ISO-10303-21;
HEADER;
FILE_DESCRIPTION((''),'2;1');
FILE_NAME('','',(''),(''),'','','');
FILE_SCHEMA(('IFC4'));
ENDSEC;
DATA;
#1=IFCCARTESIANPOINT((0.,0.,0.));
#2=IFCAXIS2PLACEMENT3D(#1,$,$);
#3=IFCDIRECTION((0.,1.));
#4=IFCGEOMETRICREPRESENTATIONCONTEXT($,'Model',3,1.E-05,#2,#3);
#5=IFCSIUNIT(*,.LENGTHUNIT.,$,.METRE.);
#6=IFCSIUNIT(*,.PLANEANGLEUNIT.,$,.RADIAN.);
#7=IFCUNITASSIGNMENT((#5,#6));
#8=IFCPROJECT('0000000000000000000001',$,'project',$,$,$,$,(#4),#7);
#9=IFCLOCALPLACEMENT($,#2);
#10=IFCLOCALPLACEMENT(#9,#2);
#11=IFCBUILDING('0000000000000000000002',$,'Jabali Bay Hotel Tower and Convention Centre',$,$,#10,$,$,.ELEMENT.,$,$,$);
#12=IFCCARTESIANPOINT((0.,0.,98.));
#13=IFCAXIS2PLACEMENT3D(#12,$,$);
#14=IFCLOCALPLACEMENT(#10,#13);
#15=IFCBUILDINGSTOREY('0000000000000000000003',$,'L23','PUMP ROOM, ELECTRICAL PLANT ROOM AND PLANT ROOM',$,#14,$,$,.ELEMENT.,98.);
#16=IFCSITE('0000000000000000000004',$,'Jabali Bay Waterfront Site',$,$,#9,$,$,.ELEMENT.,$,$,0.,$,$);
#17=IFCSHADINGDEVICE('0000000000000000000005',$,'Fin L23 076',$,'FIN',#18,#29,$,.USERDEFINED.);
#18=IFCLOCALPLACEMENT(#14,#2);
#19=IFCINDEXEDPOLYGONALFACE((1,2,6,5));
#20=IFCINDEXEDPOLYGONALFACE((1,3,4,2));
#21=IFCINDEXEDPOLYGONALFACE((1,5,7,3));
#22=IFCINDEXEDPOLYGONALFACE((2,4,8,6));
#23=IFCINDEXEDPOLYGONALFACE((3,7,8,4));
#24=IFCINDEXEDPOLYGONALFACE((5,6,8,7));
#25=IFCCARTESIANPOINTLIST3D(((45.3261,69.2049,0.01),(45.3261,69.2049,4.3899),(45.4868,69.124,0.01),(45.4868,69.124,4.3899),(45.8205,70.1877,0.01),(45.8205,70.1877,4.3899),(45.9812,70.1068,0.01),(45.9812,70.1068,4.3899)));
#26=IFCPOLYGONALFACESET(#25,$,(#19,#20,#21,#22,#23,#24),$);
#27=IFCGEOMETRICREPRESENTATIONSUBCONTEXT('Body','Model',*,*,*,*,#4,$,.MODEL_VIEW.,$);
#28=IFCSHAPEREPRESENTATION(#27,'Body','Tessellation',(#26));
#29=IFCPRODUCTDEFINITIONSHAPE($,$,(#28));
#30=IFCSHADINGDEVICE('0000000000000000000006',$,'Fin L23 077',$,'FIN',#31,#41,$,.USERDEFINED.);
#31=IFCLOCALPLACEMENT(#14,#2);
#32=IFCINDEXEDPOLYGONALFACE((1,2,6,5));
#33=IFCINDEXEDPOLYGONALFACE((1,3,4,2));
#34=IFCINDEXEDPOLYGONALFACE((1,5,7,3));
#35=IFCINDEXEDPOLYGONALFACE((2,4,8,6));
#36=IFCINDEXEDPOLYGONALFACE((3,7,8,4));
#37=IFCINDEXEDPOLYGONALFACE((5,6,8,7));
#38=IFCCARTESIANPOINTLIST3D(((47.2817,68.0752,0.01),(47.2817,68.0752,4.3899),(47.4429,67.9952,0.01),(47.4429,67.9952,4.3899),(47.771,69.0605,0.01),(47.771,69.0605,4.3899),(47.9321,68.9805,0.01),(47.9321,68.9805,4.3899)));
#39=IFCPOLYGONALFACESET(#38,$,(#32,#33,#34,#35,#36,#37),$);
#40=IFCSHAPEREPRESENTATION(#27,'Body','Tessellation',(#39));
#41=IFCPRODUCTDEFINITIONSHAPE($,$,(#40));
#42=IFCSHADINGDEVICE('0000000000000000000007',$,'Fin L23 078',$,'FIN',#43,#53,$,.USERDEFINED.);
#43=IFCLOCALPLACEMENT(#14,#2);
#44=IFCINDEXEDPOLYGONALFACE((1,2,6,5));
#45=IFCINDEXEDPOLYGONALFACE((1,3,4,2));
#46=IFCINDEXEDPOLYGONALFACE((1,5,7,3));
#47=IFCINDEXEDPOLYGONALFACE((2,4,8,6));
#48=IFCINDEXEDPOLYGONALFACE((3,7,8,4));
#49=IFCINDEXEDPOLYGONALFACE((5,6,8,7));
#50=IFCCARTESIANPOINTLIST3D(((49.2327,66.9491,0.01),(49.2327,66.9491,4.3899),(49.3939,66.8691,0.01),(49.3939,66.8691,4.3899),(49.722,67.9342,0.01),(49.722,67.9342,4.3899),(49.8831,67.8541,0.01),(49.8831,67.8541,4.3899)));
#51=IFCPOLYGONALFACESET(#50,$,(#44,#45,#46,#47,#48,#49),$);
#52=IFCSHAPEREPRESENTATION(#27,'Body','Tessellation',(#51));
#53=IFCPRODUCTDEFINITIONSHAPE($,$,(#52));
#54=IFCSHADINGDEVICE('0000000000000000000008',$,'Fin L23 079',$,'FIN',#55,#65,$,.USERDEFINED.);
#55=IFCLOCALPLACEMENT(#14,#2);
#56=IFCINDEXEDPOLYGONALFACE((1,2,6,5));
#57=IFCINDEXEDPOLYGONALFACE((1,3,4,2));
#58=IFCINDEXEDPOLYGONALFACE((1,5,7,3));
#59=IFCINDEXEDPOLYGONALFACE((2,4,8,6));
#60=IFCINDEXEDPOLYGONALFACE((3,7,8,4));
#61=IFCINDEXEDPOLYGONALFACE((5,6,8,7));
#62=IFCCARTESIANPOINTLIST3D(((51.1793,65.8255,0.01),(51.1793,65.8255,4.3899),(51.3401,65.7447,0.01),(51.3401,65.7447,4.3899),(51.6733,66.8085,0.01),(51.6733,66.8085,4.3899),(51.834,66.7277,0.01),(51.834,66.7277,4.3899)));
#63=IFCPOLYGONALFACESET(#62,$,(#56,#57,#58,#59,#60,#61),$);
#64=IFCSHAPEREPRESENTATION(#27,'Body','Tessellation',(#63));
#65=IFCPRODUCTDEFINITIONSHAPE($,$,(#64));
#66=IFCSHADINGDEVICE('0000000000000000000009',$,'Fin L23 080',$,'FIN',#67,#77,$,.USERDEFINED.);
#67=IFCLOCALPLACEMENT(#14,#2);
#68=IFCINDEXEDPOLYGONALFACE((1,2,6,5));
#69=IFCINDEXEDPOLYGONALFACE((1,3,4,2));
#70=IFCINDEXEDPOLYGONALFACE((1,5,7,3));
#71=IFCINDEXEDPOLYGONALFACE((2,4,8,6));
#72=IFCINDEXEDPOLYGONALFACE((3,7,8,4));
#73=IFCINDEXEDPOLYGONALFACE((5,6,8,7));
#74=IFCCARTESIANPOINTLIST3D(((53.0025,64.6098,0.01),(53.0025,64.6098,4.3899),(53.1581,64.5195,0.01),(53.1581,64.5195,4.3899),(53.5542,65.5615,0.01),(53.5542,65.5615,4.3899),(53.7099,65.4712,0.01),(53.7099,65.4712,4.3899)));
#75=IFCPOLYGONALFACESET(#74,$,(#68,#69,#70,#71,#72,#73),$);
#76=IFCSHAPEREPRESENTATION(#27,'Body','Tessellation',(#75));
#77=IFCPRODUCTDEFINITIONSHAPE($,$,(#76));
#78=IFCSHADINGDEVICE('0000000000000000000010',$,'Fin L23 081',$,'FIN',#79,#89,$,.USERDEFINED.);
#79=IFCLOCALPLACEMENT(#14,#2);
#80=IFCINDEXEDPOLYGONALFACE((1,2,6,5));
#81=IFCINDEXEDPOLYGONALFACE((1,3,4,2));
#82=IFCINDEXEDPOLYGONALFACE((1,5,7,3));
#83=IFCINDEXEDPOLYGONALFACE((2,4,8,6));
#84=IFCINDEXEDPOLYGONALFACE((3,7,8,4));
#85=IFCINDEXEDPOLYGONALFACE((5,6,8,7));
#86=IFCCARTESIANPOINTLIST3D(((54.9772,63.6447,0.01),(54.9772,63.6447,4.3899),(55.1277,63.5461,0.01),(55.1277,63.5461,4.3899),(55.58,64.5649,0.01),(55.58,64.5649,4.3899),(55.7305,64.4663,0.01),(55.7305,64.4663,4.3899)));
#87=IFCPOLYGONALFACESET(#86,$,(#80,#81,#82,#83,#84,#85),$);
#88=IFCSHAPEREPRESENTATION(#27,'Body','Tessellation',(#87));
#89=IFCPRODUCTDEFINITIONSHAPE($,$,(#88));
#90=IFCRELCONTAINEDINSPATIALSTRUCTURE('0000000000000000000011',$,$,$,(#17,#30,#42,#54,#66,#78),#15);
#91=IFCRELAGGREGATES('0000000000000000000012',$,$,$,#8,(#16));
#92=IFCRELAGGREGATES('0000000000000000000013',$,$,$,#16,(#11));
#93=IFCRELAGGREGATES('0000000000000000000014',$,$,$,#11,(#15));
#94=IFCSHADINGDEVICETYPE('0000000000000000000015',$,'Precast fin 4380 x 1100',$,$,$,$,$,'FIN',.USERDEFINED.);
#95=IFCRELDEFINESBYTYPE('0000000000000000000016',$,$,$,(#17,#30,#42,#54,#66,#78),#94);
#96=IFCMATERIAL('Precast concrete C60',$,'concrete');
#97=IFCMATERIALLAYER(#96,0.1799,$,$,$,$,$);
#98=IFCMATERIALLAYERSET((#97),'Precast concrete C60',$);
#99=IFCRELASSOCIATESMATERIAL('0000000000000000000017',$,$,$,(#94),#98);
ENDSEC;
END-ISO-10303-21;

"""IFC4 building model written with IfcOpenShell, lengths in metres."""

from ifc_helpers import new_model, si_unit, direction, frame, frame_2d, origin, place, context, subcontext, project, spatial, rectangle, extrude, material, layer, layer_set, type_object, element, save


model = new_model("IFC4")

# Units and contexts
model_context = context("Model", 3, precision=1e-05, world=origin(), true_north=direction((0.0, 1.0)))
body_context = subcontext(model_context, "Body", "Model", "MODEL_VIEW")
ifc_project = project(units=[si_unit("LENGTHUNIT", "METRE"), si_unit("PLANEANGLEUNIT", "RADIAN")], contexts=[model_context])

# Site, building, storey
site_placement = place(None, origin())
site = spatial("IfcSite", under=ifc_project, at=site_placement, Name="Jabali Bay Waterfront Site", CompositionType="ELEMENT", RefElevation=0.0)
building_placement = place(site_placement, origin())
building = spatial("IfcBuilding", under=site, at=building_placement, Name="Jabali Bay Hotel Tower and Convention Centre", CompositionType="ELEMENT")
storey_placement = place(building_placement, frame((0.0, 0.0, 98.0)))
storey = spatial("IfcBuildingStorey", under=building, at=storey_placement, Name="L23", Description="PUMP ROOM, ELECTRICAL PLANT ROOM AND PLANT ROOM", CompositionType="ELEMENT", Elevation=98.0)

# Shading devices
ifc_material_1 = material(Name="Precast concrete C60", Category="concrete")
ifc_layer_1 = layer(ifc_material_1, 0.1799)
ifc_layer_set_1 = layer_set([ifc_layer_1], Name="Precast concrete C60")
shading_device_type = type_object("IfcShadingDeviceType", Name="Precast fin 4380 x 1100", ElementType="FIN", PredefinedType="USERDEFINED", material=ifc_layer_set_1)
for number, where, z_axis, x_axis, name in (
    (1, (45.9009, 70.1472, 0.01), (0.0, 0.0, 1.0), (-0.449432, -0.893315, 0.0), "Fin L23 076"),
    (2, (47.8516, 69.0205, 0.01), (0.0, 0.0, 1.0), (-0.444726, -0.895666, 0.0), "Fin L23 077"),
):
    element("IfcShadingDevice", number, at=place(storey_placement, frame(where, z_axis=z_axis, x_axis=x_axis)), inside=storey, type_object=shading_device_type, Name=name, ObjectType="FIN", PredefinedType="USERDEFINED", context=body_context, shape_type="SweptSolid", body=[
        extrude(rectangle(XDim=1.1001, YDim=0.1799, at=frame_2d((0.55, 0.0))), origin(), (0.0, 0.0, 1.0), 4.3799),
    ])
shading_device_placement = place(storey_placement, frame((49.8025, 67.894, 0.01), z_axis=(0.0, 0.0, 1.0), x_axis=(-0.444815, -0.895623, 0.0)))
element("IfcShadingDevice", 3, at=shading_device_placement, inside=storey, type_object=shading_device_type, Name="Fin L23 078", ObjectType="FIN", PredefinedType="USERDEFINED", context=body_context, shape_type="SweptSolid", body=[
    extrude(rectangle(XDim=1.0999, YDim=0.1799, at=frame_2d((0.5498, 0.0))), origin(), (0.0, 0.0, 1.0), 4.3799),
])
for number, where, z_axis, x_axis, name in (
    (4, (51.7537, 66.7681, 0.01), (0.0, 0.0, 1.0), (-0.448988, -0.893538, 0.0), "Fin L23 079"),
    (5, (53.6321, 65.5164, 0.01), (0.0, 0.0, 1.0), (-0.501579, -0.865112, 0.0), "Fin L23 080"),
    (6, (55.6553, 64.5156, 0.01), (0.0, 0.0, 1.0), (-0.547973, -0.836496, 0.0), "Fin L23 081"),
):
    element("IfcShadingDevice", number, at=place(storey_placement, frame(where, z_axis=z_axis, x_axis=x_axis)), inside=storey, type_object=shading_device_type, Name=name, ObjectType="FIN", PredefinedType="USERDEFINED", context=body_context, shape_type="SweptSolid", body=[
        extrude(rectangle(XDim=1.1001, YDim=0.1799, at=frame_2d((0.55, 0.0))), origin(), (0.0, 0.0, 1.0), 4.3799),
    ])

save(model, "model.ifc")
